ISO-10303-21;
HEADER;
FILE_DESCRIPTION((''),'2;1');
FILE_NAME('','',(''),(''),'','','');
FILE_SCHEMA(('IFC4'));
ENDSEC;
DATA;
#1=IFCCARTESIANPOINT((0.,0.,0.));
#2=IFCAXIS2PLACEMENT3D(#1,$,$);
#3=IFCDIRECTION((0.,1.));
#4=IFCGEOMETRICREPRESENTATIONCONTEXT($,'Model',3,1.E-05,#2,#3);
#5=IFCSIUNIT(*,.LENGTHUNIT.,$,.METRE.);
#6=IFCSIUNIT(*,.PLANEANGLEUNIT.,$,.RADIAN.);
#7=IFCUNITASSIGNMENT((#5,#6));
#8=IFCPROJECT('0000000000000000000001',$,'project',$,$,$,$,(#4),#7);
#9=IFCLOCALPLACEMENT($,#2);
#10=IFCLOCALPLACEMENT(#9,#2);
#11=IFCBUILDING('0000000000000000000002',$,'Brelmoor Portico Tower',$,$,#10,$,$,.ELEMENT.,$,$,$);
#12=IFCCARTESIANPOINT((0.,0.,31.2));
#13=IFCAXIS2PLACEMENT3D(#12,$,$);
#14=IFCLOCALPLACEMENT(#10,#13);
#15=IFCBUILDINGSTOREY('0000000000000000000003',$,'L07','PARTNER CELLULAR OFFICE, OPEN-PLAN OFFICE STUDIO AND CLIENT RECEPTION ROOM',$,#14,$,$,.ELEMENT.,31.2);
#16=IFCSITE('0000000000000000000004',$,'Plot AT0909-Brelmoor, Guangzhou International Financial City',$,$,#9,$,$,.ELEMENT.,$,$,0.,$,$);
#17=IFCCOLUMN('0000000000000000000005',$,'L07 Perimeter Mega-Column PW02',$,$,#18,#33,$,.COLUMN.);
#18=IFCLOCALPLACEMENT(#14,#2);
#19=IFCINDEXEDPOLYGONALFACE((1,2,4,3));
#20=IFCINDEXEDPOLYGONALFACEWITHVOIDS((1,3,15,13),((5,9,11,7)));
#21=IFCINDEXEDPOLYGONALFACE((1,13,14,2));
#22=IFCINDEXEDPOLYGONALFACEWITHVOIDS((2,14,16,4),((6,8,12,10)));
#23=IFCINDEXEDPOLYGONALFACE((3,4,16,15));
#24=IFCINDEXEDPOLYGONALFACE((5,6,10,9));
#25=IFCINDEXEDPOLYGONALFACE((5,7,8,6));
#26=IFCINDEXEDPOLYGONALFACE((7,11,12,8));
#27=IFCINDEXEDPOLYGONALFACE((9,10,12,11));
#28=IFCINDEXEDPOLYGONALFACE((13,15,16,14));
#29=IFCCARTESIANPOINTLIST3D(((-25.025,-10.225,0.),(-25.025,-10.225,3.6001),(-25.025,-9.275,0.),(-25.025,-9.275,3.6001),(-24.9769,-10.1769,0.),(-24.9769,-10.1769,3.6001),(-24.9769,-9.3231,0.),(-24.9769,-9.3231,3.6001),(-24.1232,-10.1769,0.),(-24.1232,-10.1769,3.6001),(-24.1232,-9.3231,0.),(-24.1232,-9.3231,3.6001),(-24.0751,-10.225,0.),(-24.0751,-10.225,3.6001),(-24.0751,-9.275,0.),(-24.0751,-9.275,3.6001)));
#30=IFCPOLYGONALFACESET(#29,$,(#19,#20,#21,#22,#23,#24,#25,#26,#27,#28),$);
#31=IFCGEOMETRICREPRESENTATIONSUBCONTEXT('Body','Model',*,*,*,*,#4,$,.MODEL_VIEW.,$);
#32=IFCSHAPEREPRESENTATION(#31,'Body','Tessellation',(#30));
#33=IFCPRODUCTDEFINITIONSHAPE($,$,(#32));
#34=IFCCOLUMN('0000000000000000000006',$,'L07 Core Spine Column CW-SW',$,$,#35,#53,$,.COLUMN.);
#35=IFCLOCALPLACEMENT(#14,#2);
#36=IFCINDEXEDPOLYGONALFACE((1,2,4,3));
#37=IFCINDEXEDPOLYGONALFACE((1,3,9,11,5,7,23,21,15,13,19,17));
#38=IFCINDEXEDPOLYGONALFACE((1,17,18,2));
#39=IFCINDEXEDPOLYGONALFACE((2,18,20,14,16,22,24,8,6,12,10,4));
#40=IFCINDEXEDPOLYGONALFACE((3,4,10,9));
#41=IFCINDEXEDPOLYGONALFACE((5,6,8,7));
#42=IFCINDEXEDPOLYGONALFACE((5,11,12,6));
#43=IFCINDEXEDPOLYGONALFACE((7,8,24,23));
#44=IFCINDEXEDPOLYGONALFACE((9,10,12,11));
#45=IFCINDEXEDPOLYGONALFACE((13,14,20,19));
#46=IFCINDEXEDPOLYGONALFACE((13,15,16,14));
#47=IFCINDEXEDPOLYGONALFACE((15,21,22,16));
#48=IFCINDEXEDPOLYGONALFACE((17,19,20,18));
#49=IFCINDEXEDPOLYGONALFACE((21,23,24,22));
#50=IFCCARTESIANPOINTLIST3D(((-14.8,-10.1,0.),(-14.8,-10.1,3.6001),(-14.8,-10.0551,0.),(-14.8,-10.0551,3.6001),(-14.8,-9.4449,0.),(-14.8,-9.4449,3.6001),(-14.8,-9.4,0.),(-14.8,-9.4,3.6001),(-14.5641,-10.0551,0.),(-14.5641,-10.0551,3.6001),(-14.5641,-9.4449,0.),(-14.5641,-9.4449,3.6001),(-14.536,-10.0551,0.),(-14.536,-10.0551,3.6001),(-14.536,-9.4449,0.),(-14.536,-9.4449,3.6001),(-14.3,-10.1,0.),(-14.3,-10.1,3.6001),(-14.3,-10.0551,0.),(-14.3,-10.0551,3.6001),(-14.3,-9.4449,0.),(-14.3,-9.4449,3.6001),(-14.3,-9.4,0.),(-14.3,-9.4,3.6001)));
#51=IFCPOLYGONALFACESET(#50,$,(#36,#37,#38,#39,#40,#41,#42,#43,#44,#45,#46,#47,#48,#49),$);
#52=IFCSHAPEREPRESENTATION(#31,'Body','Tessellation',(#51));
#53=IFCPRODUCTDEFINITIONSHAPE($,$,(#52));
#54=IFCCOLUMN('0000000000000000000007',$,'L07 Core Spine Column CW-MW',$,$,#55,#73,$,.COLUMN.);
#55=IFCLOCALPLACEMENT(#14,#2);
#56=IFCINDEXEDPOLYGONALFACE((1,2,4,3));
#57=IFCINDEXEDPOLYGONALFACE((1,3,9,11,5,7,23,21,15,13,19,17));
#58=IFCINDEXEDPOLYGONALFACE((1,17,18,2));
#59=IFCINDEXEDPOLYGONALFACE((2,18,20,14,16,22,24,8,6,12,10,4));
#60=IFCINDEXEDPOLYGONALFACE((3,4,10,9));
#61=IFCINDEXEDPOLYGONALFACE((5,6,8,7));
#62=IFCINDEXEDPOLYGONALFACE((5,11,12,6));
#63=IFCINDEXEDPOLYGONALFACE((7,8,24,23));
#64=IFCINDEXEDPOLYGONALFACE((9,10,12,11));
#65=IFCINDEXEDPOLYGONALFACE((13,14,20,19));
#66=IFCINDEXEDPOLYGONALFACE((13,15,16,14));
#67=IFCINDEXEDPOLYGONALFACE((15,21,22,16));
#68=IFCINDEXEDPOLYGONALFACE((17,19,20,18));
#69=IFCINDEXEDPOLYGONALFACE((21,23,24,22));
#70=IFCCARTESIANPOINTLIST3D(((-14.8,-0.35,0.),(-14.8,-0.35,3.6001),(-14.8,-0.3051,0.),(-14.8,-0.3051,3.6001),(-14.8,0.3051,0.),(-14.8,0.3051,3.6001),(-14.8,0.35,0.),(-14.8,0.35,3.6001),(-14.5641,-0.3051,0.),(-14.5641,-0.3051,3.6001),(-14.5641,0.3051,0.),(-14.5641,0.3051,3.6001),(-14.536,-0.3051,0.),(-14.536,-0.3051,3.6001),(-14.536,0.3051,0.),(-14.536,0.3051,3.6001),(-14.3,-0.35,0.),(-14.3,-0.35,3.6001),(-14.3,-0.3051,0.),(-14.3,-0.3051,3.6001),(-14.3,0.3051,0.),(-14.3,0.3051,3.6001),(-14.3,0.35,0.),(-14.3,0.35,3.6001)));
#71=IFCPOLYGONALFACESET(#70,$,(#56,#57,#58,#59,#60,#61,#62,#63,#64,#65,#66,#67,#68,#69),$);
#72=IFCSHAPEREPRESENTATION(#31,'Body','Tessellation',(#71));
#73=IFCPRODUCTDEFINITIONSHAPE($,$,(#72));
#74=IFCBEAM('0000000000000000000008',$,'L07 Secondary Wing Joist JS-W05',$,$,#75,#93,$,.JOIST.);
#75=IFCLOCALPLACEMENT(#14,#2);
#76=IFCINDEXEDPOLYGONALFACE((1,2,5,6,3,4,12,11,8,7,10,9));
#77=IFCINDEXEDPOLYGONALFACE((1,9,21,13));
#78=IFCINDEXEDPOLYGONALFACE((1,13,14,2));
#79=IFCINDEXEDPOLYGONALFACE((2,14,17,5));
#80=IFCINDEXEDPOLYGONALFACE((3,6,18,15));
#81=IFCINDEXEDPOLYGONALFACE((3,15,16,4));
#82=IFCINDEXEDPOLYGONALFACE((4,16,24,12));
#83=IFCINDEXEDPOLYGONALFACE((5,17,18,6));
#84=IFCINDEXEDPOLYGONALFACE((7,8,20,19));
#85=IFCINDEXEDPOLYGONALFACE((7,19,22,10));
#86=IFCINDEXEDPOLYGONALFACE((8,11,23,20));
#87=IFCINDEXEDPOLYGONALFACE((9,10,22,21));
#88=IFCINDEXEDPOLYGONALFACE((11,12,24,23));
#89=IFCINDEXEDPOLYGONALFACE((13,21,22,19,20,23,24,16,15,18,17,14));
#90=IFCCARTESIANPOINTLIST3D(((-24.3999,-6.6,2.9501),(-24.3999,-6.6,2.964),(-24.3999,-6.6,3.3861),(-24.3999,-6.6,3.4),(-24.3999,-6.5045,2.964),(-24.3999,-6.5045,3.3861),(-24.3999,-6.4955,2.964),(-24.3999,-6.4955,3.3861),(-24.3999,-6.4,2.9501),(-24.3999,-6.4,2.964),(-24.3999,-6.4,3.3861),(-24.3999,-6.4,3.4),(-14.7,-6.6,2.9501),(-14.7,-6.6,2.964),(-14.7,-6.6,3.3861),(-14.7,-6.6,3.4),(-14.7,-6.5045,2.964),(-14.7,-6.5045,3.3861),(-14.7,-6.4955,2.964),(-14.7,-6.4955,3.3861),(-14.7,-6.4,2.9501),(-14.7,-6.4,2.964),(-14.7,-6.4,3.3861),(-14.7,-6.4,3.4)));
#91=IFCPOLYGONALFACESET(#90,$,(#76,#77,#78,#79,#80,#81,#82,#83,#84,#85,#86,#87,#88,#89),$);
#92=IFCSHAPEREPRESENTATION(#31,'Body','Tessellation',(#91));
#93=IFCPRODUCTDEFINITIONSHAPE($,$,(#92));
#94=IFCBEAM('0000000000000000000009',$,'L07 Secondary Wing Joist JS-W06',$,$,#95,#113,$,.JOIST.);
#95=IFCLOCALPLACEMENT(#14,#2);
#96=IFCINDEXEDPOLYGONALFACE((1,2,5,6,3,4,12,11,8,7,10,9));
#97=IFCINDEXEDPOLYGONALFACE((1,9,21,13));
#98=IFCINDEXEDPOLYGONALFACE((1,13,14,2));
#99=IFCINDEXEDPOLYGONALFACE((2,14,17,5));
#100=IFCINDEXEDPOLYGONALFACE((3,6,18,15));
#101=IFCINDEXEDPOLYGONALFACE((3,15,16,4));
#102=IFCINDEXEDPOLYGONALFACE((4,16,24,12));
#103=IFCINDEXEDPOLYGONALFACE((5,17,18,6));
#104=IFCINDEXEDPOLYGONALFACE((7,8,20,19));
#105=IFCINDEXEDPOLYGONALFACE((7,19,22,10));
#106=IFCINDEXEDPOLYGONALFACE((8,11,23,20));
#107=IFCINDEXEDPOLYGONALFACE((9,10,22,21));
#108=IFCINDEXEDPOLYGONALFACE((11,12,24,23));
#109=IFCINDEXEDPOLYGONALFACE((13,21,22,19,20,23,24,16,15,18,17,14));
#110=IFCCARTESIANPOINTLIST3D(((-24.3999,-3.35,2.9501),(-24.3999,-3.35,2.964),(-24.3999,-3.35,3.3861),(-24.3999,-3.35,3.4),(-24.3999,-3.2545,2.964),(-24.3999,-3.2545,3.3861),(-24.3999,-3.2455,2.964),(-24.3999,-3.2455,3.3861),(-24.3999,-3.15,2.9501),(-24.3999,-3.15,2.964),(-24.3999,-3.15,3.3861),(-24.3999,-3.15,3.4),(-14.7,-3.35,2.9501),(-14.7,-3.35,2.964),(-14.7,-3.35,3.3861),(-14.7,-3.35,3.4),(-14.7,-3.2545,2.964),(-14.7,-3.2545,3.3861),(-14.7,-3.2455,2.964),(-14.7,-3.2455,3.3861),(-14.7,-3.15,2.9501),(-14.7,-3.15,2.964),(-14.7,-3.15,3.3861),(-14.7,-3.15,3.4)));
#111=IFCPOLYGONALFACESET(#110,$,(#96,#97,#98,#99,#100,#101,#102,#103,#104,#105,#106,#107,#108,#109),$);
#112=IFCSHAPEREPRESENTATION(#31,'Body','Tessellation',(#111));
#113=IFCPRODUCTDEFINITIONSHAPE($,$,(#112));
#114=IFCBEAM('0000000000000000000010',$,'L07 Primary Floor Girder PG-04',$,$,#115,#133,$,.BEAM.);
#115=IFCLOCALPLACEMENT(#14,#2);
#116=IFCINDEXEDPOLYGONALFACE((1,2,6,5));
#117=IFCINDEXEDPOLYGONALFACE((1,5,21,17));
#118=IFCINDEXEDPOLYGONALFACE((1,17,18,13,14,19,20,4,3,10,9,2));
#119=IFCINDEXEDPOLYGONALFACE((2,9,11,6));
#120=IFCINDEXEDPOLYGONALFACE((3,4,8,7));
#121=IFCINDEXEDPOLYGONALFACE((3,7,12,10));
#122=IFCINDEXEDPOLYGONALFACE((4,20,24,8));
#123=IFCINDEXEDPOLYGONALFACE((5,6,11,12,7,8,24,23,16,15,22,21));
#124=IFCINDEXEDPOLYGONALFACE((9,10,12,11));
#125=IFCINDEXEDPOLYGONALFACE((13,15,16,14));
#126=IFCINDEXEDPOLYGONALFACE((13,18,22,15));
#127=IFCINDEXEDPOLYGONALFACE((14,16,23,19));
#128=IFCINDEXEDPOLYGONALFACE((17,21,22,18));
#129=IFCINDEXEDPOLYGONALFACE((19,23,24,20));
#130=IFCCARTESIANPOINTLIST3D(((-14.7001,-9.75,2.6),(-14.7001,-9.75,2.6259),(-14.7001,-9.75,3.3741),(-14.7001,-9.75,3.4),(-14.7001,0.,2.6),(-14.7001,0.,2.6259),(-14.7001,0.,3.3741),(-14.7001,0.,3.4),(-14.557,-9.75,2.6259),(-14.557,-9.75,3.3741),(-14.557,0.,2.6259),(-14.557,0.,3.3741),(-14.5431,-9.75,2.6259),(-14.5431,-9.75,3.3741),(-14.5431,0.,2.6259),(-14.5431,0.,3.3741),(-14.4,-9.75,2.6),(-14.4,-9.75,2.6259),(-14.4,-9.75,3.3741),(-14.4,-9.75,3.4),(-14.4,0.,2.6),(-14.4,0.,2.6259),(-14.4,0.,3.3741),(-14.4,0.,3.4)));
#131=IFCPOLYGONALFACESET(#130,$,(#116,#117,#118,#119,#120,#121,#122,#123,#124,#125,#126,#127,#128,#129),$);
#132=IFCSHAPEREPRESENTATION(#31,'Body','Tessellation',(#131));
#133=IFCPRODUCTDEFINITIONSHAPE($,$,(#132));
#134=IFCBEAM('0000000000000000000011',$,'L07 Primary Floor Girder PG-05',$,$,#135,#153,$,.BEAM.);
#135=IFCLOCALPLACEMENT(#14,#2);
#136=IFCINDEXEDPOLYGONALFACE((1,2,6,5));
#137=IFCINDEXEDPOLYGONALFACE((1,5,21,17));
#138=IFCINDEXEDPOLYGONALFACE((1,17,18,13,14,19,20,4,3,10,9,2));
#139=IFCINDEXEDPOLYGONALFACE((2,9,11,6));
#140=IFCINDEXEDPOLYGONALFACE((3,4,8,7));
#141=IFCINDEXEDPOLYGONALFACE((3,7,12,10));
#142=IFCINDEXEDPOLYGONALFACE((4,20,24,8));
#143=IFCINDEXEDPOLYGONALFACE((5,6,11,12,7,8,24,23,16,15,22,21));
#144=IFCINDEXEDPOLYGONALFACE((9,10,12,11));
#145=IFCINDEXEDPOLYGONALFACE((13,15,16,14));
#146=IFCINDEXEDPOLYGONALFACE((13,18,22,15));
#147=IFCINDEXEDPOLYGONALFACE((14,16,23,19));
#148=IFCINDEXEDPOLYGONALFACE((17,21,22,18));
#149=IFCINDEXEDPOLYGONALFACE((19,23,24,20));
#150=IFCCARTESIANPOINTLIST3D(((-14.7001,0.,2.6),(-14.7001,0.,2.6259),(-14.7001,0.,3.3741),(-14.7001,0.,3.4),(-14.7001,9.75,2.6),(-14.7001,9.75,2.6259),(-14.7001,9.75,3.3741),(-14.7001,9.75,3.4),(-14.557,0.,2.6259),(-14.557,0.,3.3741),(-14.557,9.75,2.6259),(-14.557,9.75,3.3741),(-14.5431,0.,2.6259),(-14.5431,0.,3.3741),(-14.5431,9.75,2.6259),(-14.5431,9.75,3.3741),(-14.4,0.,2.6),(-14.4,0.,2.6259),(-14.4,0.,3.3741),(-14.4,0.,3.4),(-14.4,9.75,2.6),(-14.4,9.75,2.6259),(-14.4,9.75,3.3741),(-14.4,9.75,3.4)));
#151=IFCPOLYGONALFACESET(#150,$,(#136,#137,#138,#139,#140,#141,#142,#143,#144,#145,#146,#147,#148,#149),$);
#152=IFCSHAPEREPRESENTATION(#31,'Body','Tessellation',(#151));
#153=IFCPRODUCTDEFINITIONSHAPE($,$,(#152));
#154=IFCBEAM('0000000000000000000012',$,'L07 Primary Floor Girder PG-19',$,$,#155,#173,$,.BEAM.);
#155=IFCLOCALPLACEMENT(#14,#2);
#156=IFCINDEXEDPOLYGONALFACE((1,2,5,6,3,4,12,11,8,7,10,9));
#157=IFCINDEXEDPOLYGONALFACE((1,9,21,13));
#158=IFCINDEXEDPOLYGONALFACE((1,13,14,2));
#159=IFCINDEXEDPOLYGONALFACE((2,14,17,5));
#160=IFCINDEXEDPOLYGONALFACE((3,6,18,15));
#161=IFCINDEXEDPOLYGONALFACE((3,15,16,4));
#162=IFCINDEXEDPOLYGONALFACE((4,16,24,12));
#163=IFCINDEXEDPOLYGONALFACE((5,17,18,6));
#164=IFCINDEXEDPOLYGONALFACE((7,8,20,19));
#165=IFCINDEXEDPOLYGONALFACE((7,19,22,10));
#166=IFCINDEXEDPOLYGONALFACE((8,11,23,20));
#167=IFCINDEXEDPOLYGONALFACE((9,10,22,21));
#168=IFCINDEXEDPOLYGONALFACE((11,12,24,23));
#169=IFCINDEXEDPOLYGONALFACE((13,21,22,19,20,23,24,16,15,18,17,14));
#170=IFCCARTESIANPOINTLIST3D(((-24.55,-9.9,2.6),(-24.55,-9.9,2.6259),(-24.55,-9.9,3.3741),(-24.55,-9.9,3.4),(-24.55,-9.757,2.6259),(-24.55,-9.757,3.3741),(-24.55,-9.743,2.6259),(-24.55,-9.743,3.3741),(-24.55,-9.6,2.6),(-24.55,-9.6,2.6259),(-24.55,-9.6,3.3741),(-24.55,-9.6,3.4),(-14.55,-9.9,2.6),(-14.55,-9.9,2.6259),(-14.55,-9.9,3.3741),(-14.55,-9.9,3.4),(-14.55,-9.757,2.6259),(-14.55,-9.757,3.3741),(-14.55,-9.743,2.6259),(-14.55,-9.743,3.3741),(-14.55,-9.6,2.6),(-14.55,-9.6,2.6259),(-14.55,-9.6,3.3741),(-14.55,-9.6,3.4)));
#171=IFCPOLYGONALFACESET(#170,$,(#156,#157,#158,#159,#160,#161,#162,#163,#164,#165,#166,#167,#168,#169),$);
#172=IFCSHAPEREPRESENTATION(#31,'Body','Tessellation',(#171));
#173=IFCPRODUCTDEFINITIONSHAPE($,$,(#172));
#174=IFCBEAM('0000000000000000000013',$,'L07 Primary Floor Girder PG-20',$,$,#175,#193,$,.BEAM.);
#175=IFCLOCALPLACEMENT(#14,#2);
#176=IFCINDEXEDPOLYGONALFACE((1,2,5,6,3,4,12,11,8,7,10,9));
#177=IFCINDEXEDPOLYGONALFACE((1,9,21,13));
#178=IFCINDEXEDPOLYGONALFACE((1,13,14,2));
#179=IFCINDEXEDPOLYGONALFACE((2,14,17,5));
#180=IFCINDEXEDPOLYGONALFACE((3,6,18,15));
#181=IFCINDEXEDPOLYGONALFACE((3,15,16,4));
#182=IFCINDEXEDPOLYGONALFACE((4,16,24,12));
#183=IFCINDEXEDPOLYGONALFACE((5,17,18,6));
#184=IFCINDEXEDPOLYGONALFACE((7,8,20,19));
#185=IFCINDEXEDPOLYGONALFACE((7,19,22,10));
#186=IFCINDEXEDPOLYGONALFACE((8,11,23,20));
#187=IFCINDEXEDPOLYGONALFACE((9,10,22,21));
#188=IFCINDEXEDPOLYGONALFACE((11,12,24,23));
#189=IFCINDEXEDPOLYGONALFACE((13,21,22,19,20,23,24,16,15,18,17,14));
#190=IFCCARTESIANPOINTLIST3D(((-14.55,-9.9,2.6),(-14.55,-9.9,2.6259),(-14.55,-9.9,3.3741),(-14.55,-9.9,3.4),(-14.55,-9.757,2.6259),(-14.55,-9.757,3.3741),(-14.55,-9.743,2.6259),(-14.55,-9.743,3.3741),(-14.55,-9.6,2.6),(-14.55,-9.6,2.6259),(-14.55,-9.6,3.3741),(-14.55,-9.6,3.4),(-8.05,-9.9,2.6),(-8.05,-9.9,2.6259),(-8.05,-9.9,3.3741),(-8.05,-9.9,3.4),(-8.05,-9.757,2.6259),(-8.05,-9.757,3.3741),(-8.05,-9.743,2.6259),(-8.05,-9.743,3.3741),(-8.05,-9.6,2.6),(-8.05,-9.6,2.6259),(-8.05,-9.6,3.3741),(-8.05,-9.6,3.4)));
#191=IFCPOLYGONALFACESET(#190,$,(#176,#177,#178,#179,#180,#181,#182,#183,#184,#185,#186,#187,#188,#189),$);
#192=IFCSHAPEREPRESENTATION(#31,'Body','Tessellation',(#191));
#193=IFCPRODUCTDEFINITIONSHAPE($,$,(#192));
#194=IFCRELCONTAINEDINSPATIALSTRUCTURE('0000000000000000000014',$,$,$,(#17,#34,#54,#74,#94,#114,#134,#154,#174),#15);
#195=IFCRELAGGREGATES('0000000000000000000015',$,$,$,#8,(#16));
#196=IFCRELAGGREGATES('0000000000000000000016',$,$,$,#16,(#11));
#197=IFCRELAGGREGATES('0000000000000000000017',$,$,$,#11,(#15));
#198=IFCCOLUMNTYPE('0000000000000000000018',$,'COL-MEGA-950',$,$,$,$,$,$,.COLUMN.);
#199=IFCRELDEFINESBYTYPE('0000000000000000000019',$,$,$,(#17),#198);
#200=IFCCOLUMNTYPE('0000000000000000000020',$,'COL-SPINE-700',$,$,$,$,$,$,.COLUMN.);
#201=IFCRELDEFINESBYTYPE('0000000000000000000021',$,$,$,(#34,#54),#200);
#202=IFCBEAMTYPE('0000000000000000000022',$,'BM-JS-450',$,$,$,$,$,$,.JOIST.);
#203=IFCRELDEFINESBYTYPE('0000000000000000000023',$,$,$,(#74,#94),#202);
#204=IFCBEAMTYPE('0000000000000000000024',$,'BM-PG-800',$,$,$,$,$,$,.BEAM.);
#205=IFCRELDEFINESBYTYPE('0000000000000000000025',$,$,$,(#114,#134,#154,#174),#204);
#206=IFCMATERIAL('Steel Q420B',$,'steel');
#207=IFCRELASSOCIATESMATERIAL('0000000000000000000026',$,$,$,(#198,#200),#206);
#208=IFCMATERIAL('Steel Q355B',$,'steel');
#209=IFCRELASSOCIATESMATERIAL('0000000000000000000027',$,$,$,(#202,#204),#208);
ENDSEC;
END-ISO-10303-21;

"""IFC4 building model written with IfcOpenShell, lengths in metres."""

from ifc_helpers import new_model, si_unit, direction, frame, origin, origin_2d, place, context, subcontext, project, spatial, hollow_rectangle, i_section, extrude, material, material_profile, profile_set, type_object, element, save


model = new_model("IFC4")

# Units and contexts
model_context = context("Model", 3, precision=1e-05, world=origin(), true_north=direction((0.0, 1.0)))
body_context = subcontext(model_context, "Body", "Model", "MODEL_VIEW")
ifc_project = project(units=[si_unit("LENGTHUNIT", "METRE"), si_unit("PLANEANGLEUNIT", "RADIAN")], contexts=[model_context])

# Site, building, storey
site_placement = place(None, origin())
site = spatial("IfcSite", under=ifc_project, at=site_placement, Name="Plot AT0909-Brelmoor, Guangzhou International Financial City", CompositionType="ELEMENT", RefElevation=0.0)
building_placement = place(site_placement, origin())
building = spatial("IfcBuilding", under=site, at=building_placement, Name="Brelmoor Portico Tower", CompositionType="ELEMENT")
storey_placement = place(building_placement, frame((0.0, 0.0, 31.2)))
storey = spatial("IfcBuildingStorey", under=building, at=storey_placement, Name="L07", Description="PARTNER CELLULAR OFFICE, OPEN-PLAN OFFICE STUDIO AND CLIENT RECEPTION ROOM", CompositionType="ELEMENT", Elevation=31.2)

# Columns
ifc_material_1 = material(Name="Steel Q420B", Category="steel")
ifc_material_profile_1 = material_profile(ifc_material_1, hollow_rectangle(XDim=0.95, YDim=0.95, WallThickness=0.0481, at=origin_2d()), Name="BOX 950x950x48")
ifc_profile_set_1 = profile_set([ifc_material_profile_1], Name="Steel Q420B")
column_type_1 = type_object("IfcColumnType", Name="COL-MEGA-950", PredefinedType="COLUMN", material=ifc_profile_set_1)
column_placement = place(storey_placement, frame((-24.55, -9.75, 0.0), z_axis=(0.0, 0.0, 1.0), x_axis=(0.0, 1.0, 0.0)))
element("IfcColumn", 1, at=column_placement, inside=storey, type_object=column_type_1, Name="L07 Perimeter Mega-Column PW02", PredefinedType="COLUMN", context=body_context, shape_type="SweptSolid", body=[
    extrude(hollow_rectangle(XDim=0.95, YDim=0.95, WallThickness=0.0481, at=origin_2d()), origin(), (0.0, 0.0, 1.0), 3.6001),
])
ifc_material_profile_2 = material_profile(ifc_material_1, i_section(OverallWidth=0.5, OverallDepth=0.7, WebThickness=0.0281, FlangeThickness=0.0449, at=origin_2d()), Name="HW 700x500x28x45")
ifc_profile_set_2 = profile_set([ifc_material_profile_2], Name="Steel Q420B")
column_type_2 = type_object("IfcColumnType", Name="COL-SPINE-700", PredefinedType="COLUMN", material=ifc_profile_set_2)
for number, where, z_axis, x_axis, name in (
    (2, (-14.55, -9.75, 0.0), (0.0, 0.0, 1.0), (1.0, 0.0, 0.0), "L07 Core Spine Column CW-SW"),
    (3, (-14.55, 0.0, 0.0), (0.0, 0.0, 1.0), (1.0, 0.0, 0.0), "L07 Core Spine Column CW-MW"),
):
    element("IfcColumn", number, at=place(storey_placement, frame(where, z_axis=z_axis, x_axis=x_axis)), inside=storey, type_object=column_type_2, Name=name, PredefinedType="COLUMN", context=body_context, shape_type="SweptSolid", body=[
        extrude(i_section(OverallWidth=0.5, OverallDepth=0.7, WebThickness=0.0281, FlangeThickness=0.0449, at=origin_2d()), origin(), (0.0, 0.0, 1.0), 3.6001),
    ])

# Beams
ifc_material_2 = material(Name="Steel Q355B", Category="steel")
ifc_material_profile_3 = material_profile(ifc_material_2, i_section(OverallWidth=0.2, OverallDepth=0.45, WebThickness=0.009, FlangeThickness=0.0139, at=origin_2d()), Name="HN 450x200x9x14")
ifc_profile_set_3 = profile_set([ifc_material_profile_3], Name="Steel Q355B")
beam_type_1 = type_object("IfcBeamType", Name="BM-JS-450", PredefinedType="JOIST", material=ifc_profile_set_3)
for number, where, z_axis, x_axis, name in (
    (4, (-24.3999, -6.5, 3.175), (1.0, 0.0, 0.0), (0.0, 1.0, 0.0), "L07 Secondary Wing Joist JS-W05"),
    (5, (-24.3999, -3.25, 3.175), (1.0, 0.0, 0.0), (0.0, 1.0, 0.0), "L07 Secondary Wing Joist JS-W06"),
):
    element("IfcBeam", number, at=place(storey_placement, frame(where, z_axis=z_axis, x_axis=x_axis)), inside=storey, type_object=beam_type_1, Name=name, PredefinedType="JOIST", context=body_context, shape_type="SweptSolid", body=[
        extrude(i_section(OverallWidth=0.2, OverallDepth=0.45, WebThickness=0.009, FlangeThickness=0.0139, at=origin_2d()), origin(), (0.0, 0.0, 1.0), 9.7),
    ])
ifc_material_profile_4 = material_profile(ifc_material_2, i_section(OverallWidth=0.3, OverallDepth=0.8, WebThickness=0.0139, FlangeThickness=0.0259, at=origin_2d()), Name="HN 800x300x14x26")
ifc_profile_set_4 = profile_set([ifc_material_profile_4], Name="Steel Q355B")
beam_type_2 = type_object("IfcBeamType", Name="BM-PG-800", PredefinedType="BEAM", material=ifc_profile_set_4)
for number, where, z_axis, x_axis, name in (
    (6, (-14.55, -9.75, 3.0), (0.0, 1.0, 0.0), (-1.0, 0.0, 0.0), "L07 Primary Floor Girder PG-04"),
    (7, (-14.55, 0.0, 3.0), (0.0, 1.0, 0.0), (-1.0, 0.0, 0.0), "L07 Primary Floor Girder PG-05"),
):
    element("IfcBeam", number, at=place(storey_placement, frame(where, z_axis=z_axis, x_axis=x_axis)), inside=storey, type_object=beam_type_2, Name=name, PredefinedType="BEAM", context=body_context, shape_type="SweptSolid", body=[
        extrude(i_section(OverallWidth=0.3, OverallDepth=0.8, WebThickness=0.0139, FlangeThickness=0.0259, at=origin_2d()), origin(), (0.0, 0.0, 1.0), 9.75),
    ])
beam_1_placement = place(storey_placement, frame((-24.55, -9.75, 3.0), z_axis=(1.0, 0.0, 0.0), x_axis=(0.0, 1.0, 0.0)))
element("IfcBeam", 8, at=beam_1_placement, inside=storey, type_object=beam_type_2, Name="L07 Primary Floor Girder PG-19", PredefinedType="BEAM", context=body_context, shape_type="SweptSolid", body=[
    extrude(i_section(OverallWidth=0.3, OverallDepth=0.8, WebThickness=0.0139, FlangeThickness=0.0259, at=origin_2d()), origin(), (0.0, 0.0, 1.0), 10.0),
])
for number, where, z_axis, x_axis, name in (
    (9, (-14.55, -9.75, 3.0), (1.0, 0.0, 0.0), (0.0, 1.0, 0.0), "L07 Primary Floor Girder PG-20"),
):
    element("IfcBeam", number, at=place(storey_placement, frame(where, z_axis=z_axis, x_axis=x_axis)), inside=storey, type_object=beam_type_2, Name=name, PredefinedType="BEAM", context=body_context, shape_type="SweptSolid", body=[
        extrude(i_section(OverallWidth=0.3, OverallDepth=0.8, WebThickness=0.0139, FlangeThickness=0.0259, at=origin_2d()), origin(), (0.0, 0.0, 1.0), 6.5),
    ])

save(model, "model.ifc")
